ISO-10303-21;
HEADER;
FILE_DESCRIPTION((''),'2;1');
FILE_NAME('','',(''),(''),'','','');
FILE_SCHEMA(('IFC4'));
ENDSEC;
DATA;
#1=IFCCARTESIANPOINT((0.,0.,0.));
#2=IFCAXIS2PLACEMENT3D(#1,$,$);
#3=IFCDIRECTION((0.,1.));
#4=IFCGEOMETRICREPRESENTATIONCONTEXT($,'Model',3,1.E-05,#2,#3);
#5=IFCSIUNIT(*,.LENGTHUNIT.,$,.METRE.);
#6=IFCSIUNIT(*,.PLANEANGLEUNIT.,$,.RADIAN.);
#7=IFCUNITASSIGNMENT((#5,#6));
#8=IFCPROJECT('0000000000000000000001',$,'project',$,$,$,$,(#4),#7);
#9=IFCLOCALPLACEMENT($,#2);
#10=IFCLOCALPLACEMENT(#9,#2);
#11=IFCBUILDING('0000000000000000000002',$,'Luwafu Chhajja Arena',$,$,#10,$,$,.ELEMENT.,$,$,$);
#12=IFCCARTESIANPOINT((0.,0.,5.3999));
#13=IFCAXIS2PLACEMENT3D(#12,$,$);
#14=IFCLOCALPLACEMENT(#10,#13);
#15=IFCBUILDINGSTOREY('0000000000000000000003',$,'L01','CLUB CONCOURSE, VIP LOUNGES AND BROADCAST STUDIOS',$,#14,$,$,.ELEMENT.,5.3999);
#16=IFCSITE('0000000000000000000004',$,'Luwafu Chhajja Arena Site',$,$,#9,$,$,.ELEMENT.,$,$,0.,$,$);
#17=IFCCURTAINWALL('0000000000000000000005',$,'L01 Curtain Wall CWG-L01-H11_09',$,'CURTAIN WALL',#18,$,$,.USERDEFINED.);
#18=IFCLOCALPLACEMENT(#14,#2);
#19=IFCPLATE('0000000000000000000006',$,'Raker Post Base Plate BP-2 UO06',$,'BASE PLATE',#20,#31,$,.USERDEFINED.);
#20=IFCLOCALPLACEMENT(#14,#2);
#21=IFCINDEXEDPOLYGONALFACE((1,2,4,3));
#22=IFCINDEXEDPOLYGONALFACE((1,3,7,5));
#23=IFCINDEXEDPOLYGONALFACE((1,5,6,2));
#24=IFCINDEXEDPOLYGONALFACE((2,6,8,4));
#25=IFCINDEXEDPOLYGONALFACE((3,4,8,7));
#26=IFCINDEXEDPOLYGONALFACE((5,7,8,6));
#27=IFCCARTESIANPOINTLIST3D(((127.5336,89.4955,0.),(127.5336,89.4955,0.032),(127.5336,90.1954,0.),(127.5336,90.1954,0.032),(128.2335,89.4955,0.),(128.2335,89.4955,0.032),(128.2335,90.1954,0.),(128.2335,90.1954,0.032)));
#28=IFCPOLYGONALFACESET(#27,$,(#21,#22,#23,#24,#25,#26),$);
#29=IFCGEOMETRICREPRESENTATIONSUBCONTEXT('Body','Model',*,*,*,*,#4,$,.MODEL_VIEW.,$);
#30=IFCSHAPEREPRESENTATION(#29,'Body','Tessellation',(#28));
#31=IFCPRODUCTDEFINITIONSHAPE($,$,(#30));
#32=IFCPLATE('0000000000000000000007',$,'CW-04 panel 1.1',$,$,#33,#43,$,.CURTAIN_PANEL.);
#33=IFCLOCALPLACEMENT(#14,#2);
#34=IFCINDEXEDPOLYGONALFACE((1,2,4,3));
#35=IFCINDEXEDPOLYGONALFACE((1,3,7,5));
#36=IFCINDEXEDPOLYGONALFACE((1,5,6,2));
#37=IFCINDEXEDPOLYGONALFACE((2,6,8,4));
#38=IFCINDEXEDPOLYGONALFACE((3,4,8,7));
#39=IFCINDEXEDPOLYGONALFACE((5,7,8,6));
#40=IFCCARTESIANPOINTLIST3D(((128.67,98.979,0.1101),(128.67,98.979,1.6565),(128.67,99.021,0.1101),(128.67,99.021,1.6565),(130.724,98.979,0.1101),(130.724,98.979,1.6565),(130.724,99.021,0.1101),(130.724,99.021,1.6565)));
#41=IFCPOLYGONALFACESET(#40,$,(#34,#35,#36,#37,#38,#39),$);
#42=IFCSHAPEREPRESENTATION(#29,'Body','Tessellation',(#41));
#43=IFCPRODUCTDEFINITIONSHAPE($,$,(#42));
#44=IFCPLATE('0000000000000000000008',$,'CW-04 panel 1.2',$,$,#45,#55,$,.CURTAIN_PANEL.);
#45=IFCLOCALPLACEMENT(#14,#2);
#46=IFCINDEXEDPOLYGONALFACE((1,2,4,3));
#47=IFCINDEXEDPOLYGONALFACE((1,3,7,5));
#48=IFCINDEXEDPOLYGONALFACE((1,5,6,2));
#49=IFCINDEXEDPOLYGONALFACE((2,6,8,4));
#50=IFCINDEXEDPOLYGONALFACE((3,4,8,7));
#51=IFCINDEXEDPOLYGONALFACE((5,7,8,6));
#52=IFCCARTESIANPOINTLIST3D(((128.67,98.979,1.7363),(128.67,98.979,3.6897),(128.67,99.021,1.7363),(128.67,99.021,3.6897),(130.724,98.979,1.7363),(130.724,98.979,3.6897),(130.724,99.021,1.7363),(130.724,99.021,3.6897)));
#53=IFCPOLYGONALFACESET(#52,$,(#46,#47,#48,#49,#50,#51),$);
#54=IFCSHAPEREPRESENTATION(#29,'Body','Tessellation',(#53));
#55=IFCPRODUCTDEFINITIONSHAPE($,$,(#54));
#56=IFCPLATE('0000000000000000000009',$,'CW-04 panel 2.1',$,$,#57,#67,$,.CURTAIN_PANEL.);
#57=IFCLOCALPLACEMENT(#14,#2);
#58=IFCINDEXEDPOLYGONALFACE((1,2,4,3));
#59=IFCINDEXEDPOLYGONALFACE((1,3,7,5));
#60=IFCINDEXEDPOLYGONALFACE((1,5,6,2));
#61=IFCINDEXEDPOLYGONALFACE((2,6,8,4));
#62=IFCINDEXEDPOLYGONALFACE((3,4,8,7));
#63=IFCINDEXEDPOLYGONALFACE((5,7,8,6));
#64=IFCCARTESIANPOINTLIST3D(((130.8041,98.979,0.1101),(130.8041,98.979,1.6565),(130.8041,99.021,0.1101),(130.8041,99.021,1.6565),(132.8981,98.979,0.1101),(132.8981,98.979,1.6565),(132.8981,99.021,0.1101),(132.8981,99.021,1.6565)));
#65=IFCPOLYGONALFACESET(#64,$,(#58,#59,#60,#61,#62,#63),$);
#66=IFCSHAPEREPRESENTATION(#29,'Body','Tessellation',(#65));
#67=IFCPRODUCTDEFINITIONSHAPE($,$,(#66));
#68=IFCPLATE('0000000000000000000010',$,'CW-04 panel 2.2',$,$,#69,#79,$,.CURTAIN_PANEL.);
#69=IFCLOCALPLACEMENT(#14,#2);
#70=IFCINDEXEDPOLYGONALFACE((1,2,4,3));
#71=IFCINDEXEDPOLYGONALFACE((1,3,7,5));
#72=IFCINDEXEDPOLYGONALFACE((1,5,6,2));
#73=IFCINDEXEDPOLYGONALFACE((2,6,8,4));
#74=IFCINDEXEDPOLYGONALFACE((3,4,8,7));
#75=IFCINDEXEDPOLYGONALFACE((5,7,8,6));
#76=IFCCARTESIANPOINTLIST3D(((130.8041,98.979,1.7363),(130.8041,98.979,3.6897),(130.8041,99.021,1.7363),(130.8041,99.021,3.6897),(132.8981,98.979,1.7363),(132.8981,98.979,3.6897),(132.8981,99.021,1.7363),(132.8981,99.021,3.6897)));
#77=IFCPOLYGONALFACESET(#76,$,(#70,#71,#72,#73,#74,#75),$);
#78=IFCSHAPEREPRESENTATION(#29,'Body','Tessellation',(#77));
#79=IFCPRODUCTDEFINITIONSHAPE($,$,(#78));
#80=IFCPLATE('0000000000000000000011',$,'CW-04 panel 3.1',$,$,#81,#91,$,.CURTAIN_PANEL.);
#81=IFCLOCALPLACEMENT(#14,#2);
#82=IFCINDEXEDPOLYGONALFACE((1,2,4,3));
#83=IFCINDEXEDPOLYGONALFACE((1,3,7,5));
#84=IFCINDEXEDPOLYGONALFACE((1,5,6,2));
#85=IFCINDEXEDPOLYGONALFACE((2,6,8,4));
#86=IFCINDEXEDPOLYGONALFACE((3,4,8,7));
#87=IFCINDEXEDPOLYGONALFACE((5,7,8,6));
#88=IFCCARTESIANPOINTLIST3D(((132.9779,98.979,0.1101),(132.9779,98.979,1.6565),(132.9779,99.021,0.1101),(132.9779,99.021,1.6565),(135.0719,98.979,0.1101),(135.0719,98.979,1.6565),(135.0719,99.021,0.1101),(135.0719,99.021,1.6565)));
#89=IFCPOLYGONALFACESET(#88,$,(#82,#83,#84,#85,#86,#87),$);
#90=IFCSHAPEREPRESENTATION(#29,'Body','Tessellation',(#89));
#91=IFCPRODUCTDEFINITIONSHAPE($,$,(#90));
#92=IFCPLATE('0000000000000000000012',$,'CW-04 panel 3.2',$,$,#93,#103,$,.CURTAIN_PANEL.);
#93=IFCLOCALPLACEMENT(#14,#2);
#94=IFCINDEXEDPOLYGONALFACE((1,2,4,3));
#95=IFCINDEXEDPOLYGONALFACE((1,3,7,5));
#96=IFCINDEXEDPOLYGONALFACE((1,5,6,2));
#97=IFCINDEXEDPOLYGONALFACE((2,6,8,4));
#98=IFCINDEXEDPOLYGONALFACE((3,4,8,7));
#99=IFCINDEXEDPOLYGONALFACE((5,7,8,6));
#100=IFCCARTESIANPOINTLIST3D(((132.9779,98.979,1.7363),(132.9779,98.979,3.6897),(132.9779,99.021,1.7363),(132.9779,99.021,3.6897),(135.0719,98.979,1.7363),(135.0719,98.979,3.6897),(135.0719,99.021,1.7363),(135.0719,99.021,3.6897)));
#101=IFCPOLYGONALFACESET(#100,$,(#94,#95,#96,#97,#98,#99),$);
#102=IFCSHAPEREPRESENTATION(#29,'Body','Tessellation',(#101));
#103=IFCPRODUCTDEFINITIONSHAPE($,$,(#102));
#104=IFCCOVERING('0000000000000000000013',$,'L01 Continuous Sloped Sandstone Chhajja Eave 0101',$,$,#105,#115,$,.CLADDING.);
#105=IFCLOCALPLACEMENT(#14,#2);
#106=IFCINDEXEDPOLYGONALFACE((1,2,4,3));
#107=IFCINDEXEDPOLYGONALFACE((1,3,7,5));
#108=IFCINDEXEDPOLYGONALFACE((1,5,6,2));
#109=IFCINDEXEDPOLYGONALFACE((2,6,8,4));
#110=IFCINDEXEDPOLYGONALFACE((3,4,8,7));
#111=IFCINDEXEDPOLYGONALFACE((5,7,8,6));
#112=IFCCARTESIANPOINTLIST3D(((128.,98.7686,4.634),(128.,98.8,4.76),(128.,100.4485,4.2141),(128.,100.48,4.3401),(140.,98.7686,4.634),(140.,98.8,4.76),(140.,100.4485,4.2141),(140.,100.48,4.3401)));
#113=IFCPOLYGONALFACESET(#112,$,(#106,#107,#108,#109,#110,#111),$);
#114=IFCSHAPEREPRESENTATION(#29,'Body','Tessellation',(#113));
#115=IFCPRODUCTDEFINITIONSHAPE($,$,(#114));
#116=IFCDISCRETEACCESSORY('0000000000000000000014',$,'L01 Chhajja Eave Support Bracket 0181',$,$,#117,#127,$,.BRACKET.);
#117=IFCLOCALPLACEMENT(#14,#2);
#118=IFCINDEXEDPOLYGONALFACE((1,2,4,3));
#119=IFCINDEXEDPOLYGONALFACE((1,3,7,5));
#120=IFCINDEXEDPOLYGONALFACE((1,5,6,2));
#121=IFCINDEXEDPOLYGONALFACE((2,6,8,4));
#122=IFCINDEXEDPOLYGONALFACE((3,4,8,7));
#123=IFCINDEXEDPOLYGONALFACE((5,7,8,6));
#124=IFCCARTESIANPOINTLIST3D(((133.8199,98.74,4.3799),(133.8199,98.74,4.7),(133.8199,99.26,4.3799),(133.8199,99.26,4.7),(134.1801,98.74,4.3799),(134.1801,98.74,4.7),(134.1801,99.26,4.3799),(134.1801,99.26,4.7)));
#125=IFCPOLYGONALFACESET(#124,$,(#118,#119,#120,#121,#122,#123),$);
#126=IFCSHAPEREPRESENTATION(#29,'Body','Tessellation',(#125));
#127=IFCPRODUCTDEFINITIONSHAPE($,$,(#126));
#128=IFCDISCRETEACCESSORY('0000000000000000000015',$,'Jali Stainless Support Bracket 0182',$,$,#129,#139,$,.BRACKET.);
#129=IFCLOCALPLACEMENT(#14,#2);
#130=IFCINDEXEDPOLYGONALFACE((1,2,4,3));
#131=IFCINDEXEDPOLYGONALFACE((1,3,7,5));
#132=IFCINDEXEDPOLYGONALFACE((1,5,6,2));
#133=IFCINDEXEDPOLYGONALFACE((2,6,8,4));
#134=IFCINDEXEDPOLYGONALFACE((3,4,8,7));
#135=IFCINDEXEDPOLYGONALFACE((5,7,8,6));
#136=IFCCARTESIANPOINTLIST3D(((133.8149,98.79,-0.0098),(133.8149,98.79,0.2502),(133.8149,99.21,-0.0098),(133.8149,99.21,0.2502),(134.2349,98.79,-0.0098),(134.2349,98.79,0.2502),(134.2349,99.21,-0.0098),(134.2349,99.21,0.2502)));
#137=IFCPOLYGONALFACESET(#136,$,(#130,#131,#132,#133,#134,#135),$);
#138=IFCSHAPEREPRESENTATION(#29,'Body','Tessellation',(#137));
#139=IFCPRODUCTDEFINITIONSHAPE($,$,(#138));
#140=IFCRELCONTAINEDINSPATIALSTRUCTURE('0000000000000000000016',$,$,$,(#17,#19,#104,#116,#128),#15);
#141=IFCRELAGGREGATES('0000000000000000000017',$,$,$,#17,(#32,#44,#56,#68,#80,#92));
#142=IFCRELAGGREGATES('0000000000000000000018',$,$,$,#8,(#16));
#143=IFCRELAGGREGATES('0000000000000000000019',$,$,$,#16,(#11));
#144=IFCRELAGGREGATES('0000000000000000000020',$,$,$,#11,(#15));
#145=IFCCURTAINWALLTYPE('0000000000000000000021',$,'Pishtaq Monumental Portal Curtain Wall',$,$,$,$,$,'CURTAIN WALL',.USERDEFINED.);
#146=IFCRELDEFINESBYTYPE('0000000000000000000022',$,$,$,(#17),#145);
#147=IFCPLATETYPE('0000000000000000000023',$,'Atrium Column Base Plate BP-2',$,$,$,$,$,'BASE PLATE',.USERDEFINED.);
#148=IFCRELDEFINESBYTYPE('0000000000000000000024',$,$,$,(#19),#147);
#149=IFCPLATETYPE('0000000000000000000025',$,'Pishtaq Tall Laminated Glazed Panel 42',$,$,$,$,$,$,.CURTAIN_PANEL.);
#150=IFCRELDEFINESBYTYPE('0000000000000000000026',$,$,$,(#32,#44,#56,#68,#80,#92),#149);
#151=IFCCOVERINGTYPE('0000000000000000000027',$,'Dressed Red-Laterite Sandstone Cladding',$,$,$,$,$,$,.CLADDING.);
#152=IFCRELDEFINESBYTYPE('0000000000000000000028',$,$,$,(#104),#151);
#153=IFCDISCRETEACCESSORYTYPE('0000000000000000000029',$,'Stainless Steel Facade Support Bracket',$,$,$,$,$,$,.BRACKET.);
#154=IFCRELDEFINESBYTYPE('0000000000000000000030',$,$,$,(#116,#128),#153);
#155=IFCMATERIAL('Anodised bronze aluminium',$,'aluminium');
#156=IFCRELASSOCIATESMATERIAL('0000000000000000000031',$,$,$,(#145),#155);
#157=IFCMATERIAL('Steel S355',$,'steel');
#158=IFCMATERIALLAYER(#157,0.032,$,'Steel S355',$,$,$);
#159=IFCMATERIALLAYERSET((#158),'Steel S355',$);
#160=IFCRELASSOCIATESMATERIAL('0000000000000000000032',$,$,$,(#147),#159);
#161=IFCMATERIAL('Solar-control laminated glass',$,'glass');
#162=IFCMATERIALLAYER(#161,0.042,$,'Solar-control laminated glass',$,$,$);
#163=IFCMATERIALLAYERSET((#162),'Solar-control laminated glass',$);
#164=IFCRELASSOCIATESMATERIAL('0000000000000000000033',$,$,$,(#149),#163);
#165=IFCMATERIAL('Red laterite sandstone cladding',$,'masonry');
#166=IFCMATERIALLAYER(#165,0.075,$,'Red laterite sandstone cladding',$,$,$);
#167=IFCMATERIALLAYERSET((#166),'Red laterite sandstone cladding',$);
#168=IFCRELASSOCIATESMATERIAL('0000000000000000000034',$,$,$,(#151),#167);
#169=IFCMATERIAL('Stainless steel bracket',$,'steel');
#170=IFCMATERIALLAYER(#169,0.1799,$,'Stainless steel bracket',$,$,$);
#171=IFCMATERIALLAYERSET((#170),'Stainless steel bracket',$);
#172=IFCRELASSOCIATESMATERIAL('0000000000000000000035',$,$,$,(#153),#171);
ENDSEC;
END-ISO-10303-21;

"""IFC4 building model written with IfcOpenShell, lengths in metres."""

from ifc_helpers import new_model, si_unit, direction, frame, origin, origin_2d, place, context, subcontext, project, spatial, polyline, rectangle, outline, extrude, material, layer, layer_set, type_object, element, aggregate, save


model = new_model("IFC4")

# Units and contexts
model_context = context("Model", 3, precision=1e-05, world=origin(), true_north=direction((0.0, 1.0)))
body_context = subcontext(model_context, "Body", "Model", "MODEL_VIEW")
ifc_project = project(units=[si_unit("LENGTHUNIT", "METRE"), si_unit("PLANEANGLEUNIT", "RADIAN")], contexts=[model_context])

# Site, building, storey
site_placement = place(None, origin())
site = spatial("IfcSite", under=ifc_project, at=site_placement, Name="Luwafu Chhajja Arena Site", CompositionType="ELEMENT", RefElevation=0.0)
building_placement = place(site_placement, origin())
building = spatial("IfcBuilding", under=site, at=building_placement, Name="Luwafu Chhajja Arena", CompositionType="ELEMENT")
storey_placement = place(building_placement, frame((0.0, 0.0, 5.3999)))
storey = spatial("IfcBuildingStorey", under=building, at=storey_placement, Name="L01", Description="CLUB CONCOURSE, VIP LOUNGES AND BROADCAST STUDIOS", CompositionType="ELEMENT", Elevation=5.3999)

# Shared definitions
ifc_material_1 = material(Name="Steel S355", Category="steel")

# Curtain wall
ifc_material_2 = material(Name="Anodised bronze aluminium", Category="aluminium")
curtain_wall_type = type_object("IfcCurtainWallType", Name="Pishtaq Monumental Portal Curtain Wall", ElementType="CURTAIN WALL", PredefinedType="USERDEFINED", material=ifc_material_2)
curtain_wall_placement = place(storey_placement, origin())
curtain_wall = element("IfcCurtainWall", 1, at=curtain_wall_placement, inside=storey, type_object=curtain_wall_type, Name="L01 Curtain Wall CWG-L01-H11_09", ObjectType="CURTAIN WALL", PredefinedType="USERDEFINED")

# Plates
ifc_layer_1 = layer(ifc_material_1, 0.032, Name="Steel S355")
ifc_layer_set_1 = layer_set([ifc_layer_1], Name="Steel S355")
plate_type_1 = type_object("IfcPlateType", Name="Atrium Column Base Plate BP-2", ElementType="BASE PLATE", PredefinedType="USERDEFINED", material=ifc_layer_set_1)
plate_1_placement = place(storey_placement, frame((127.8835, 89.8455, 0.0), z_axis=(0.0, 0.0, 1.0), x_axis=(1.0, 0.0, 0.0)))
element("IfcPlate", 2, at=plate_1_placement, inside=storey, type_object=plate_type_1, Name="Raker Post Base Plate BP-2 UO06", ObjectType="BASE PLATE", PredefinedType="USERDEFINED", context=body_context, shape_type="SweptSolid", body=[
    extrude(rectangle(XDim=0.7, YDim=0.7, at=origin_2d()), origin(), (0.0, 0.0, 1.0), 0.032),
])
ifc_material_3 = material(Name="Solar-control laminated glass", Category="glass")
ifc_layer_2 = layer(ifc_material_3, 0.042, Name="Solar-control laminated glass")
ifc_layer_set_2 = layer_set([ifc_layer_2], Name="Solar-control laminated glass")
plate_type_2 = type_object("IfcPlateType", Name="Pishtaq Tall Laminated Glazed Panel 42", PredefinedType="CURTAIN_PANEL", material=ifc_layer_set_2)
plate_2_placement = place(storey_placement, frame((129.697, 99.0, 0.1101), z_axis=(0.0, 0.0, 1.0), x_axis=(1.0, 0.0, 0.0)))
plate_2 = element("IfcPlate", 3, at=plate_2_placement, type_object=plate_type_2, Name="CW-04 panel 1.1", PredefinedType="CURTAIN_PANEL", context=body_context, shape_type="SweptSolid", body=[
    extrude(rectangle(XDim=2.054, YDim=0.042, at=origin_2d()), origin(), (0.0, 0.0, 1.0), 1.5464),
])
plate_3_placement = place(storey_placement, frame((129.697, 99.0, 1.7363), z_axis=(0.0, 0.0, 1.0), x_axis=(1.0, 0.0, 0.0)))
plate_3 = element("IfcPlate", 4, at=plate_3_placement, type_object=plate_type_2, Name="CW-04 panel 1.2", PredefinedType="CURTAIN_PANEL", context=body_context, shape_type="SweptSolid", body=[
    extrude(rectangle(XDim=2.054, YDim=0.042, at=origin_2d()), origin(), (0.0, 0.0, 1.0), 1.9534),
])
plate_4_placement = place(storey_placement, frame((131.8511, 99.0, 0.1101), z_axis=(0.0, 0.0, 1.0), x_axis=(1.0, 0.0, 0.0)))
plate_4 = element("IfcPlate", 5, at=plate_4_placement, type_object=plate_type_2, Name="CW-04 panel 2.1", PredefinedType="CURTAIN_PANEL", context=body_context, shape_type="SweptSolid", body=[
    extrude(rectangle(XDim=2.094, YDim=0.042, at=origin_2d()), origin(), (0.0, 0.0, 1.0), 1.5464),
])
plate_5_placement = place(storey_placement, frame((131.8511, 99.0, 1.7363), z_axis=(0.0, 0.0, 1.0), x_axis=(1.0, 0.0, 0.0)))
plate_5 = element("IfcPlate", 6, at=plate_5_placement, type_object=plate_type_2, Name="CW-04 panel 2.2", PredefinedType="CURTAIN_PANEL", context=body_context, shape_type="SweptSolid", body=[
    extrude(rectangle(XDim=2.094, YDim=0.042, at=origin_2d()), origin(), (0.0, 0.0, 1.0), 1.9534),
])
plate_6_placement = place(storey_placement, frame((134.0249, 99.0, 0.1101), z_axis=(0.0, 0.0, 1.0), x_axis=(1.0, 0.0, 0.0)))
plate_6 = element("IfcPlate", 7, at=plate_6_placement, type_object=plate_type_2, Name="CW-04 panel 3.1", PredefinedType="CURTAIN_PANEL", context=body_context, shape_type="SweptSolid", body=[
    extrude(rectangle(XDim=2.094, YDim=0.042, at=origin_2d()), origin(), (0.0, 0.0, 1.0), 1.5464),
])
plate_7_placement = place(storey_placement, frame((134.0249, 99.0, 1.7363), z_axis=(0.0, 0.0, 1.0), x_axis=(1.0, 0.0, 0.0)))
plate_7 = element("IfcPlate", 8, at=plate_7_placement, type_object=plate_type_2, Name="CW-04 panel 3.2", PredefinedType="CURTAIN_PANEL", context=body_context, shape_type="SweptSolid", body=[
    extrude(rectangle(XDim=2.094, YDim=0.042, at=origin_2d()), origin(), (0.0, 0.0, 1.0), 1.9534),
])
aggregate(curtain_wall, [plate_2, plate_3, plate_4, plate_5, plate_6, plate_7])

# Covering
ifc_material_4 = material(Name="Red laterite sandstone cladding", Category="masonry")
ifc_layer_3 = layer(ifc_material_4, 0.075, Name="Red laterite sandstone cladding")
ifc_layer_set_3 = layer_set([ifc_layer_3], Name="Red laterite sandstone cladding")
covering_type = type_object("IfcCoveringType", Name="Dressed Red-Laterite Sandstone Cladding", PredefinedType="CLADDING", material=ifc_layer_set_3)
covering_placement = place(storey_placement, frame((128.0, 98.8, 4.76), z_axis=(0.0, 0.242502, 0.970151), x_axis=(1.0, 0.0, 0.0)))
element("IfcCovering", 9, at=covering_placement, inside=storey, type_object=covering_type, Name="L01 Continuous Sloped Sandstone Chhajja Eave 0101", PredefinedType="CLADDING", context=body_context, shape_type="SweptSolid", body=[
    extrude(outline(polyline([(0.0, 0.0), (12.0, 0.0), (12.0, 1.7316), (0.0, 1.7316), (0.0, 0.0)])), origin(), (0.0, 0.0, -1.0), 0.1299),
])

# Discrete accessories
ifc_material_5 = material(Name="Stainless steel bracket", Category="steel")
ifc_layer_4 = layer(ifc_material_5, 0.1799, Name="Stainless steel bracket")
ifc_layer_set_4 = layer_set([ifc_layer_4], Name="Stainless steel bracket")
discrete_accessory_type = type_object("IfcDiscreteAccessoryType", Name="Stainless Steel Facade Support Bracket", PredefinedType="BRACKET", material=ifc_layer_set_4)
discrete_accessory_1_placement = place(storey_placement, frame((134.0, 99.0, 4.3799), z_axis=(0.0, 0.0, 1.0), x_axis=(1.0, 0.0, 0.0)))
element("IfcDiscreteAccessory", 10, at=discrete_accessory_1_placement, inside=storey, type_object=discrete_accessory_type, Name="L01 Chhajja Eave Support Bracket 0181", PredefinedType="BRACKET", context=body_context, shape_type="SweptSolid", body=[
    extrude(rectangle(XDim=0.3601, YDim=0.52, at=origin_2d()), origin(), (0.0, 0.0, 1.0), 0.3201),
])
discrete_accessory_2_placement = place(storey_placement, frame((134.0249, 99.0, -0.0098), z_axis=(0.0, 0.0, 1.0), x_axis=(1.0, 0.0, 0.0)))
element("IfcDiscreteAccessory", 11, at=discrete_accessory_2_placement, inside=storey, type_object=discrete_accessory_type, Name="Jali Stainless Support Bracket 0182", PredefinedType="BRACKET", context=body_context, shape_type="SweptSolid", body=[
    extrude(rectangle(XDim=0.4199, YDim=0.4199, at=origin_2d()), origin(), (0.0, 0.0, 1.0), 0.26),
])

save(model, "model.ifc")
